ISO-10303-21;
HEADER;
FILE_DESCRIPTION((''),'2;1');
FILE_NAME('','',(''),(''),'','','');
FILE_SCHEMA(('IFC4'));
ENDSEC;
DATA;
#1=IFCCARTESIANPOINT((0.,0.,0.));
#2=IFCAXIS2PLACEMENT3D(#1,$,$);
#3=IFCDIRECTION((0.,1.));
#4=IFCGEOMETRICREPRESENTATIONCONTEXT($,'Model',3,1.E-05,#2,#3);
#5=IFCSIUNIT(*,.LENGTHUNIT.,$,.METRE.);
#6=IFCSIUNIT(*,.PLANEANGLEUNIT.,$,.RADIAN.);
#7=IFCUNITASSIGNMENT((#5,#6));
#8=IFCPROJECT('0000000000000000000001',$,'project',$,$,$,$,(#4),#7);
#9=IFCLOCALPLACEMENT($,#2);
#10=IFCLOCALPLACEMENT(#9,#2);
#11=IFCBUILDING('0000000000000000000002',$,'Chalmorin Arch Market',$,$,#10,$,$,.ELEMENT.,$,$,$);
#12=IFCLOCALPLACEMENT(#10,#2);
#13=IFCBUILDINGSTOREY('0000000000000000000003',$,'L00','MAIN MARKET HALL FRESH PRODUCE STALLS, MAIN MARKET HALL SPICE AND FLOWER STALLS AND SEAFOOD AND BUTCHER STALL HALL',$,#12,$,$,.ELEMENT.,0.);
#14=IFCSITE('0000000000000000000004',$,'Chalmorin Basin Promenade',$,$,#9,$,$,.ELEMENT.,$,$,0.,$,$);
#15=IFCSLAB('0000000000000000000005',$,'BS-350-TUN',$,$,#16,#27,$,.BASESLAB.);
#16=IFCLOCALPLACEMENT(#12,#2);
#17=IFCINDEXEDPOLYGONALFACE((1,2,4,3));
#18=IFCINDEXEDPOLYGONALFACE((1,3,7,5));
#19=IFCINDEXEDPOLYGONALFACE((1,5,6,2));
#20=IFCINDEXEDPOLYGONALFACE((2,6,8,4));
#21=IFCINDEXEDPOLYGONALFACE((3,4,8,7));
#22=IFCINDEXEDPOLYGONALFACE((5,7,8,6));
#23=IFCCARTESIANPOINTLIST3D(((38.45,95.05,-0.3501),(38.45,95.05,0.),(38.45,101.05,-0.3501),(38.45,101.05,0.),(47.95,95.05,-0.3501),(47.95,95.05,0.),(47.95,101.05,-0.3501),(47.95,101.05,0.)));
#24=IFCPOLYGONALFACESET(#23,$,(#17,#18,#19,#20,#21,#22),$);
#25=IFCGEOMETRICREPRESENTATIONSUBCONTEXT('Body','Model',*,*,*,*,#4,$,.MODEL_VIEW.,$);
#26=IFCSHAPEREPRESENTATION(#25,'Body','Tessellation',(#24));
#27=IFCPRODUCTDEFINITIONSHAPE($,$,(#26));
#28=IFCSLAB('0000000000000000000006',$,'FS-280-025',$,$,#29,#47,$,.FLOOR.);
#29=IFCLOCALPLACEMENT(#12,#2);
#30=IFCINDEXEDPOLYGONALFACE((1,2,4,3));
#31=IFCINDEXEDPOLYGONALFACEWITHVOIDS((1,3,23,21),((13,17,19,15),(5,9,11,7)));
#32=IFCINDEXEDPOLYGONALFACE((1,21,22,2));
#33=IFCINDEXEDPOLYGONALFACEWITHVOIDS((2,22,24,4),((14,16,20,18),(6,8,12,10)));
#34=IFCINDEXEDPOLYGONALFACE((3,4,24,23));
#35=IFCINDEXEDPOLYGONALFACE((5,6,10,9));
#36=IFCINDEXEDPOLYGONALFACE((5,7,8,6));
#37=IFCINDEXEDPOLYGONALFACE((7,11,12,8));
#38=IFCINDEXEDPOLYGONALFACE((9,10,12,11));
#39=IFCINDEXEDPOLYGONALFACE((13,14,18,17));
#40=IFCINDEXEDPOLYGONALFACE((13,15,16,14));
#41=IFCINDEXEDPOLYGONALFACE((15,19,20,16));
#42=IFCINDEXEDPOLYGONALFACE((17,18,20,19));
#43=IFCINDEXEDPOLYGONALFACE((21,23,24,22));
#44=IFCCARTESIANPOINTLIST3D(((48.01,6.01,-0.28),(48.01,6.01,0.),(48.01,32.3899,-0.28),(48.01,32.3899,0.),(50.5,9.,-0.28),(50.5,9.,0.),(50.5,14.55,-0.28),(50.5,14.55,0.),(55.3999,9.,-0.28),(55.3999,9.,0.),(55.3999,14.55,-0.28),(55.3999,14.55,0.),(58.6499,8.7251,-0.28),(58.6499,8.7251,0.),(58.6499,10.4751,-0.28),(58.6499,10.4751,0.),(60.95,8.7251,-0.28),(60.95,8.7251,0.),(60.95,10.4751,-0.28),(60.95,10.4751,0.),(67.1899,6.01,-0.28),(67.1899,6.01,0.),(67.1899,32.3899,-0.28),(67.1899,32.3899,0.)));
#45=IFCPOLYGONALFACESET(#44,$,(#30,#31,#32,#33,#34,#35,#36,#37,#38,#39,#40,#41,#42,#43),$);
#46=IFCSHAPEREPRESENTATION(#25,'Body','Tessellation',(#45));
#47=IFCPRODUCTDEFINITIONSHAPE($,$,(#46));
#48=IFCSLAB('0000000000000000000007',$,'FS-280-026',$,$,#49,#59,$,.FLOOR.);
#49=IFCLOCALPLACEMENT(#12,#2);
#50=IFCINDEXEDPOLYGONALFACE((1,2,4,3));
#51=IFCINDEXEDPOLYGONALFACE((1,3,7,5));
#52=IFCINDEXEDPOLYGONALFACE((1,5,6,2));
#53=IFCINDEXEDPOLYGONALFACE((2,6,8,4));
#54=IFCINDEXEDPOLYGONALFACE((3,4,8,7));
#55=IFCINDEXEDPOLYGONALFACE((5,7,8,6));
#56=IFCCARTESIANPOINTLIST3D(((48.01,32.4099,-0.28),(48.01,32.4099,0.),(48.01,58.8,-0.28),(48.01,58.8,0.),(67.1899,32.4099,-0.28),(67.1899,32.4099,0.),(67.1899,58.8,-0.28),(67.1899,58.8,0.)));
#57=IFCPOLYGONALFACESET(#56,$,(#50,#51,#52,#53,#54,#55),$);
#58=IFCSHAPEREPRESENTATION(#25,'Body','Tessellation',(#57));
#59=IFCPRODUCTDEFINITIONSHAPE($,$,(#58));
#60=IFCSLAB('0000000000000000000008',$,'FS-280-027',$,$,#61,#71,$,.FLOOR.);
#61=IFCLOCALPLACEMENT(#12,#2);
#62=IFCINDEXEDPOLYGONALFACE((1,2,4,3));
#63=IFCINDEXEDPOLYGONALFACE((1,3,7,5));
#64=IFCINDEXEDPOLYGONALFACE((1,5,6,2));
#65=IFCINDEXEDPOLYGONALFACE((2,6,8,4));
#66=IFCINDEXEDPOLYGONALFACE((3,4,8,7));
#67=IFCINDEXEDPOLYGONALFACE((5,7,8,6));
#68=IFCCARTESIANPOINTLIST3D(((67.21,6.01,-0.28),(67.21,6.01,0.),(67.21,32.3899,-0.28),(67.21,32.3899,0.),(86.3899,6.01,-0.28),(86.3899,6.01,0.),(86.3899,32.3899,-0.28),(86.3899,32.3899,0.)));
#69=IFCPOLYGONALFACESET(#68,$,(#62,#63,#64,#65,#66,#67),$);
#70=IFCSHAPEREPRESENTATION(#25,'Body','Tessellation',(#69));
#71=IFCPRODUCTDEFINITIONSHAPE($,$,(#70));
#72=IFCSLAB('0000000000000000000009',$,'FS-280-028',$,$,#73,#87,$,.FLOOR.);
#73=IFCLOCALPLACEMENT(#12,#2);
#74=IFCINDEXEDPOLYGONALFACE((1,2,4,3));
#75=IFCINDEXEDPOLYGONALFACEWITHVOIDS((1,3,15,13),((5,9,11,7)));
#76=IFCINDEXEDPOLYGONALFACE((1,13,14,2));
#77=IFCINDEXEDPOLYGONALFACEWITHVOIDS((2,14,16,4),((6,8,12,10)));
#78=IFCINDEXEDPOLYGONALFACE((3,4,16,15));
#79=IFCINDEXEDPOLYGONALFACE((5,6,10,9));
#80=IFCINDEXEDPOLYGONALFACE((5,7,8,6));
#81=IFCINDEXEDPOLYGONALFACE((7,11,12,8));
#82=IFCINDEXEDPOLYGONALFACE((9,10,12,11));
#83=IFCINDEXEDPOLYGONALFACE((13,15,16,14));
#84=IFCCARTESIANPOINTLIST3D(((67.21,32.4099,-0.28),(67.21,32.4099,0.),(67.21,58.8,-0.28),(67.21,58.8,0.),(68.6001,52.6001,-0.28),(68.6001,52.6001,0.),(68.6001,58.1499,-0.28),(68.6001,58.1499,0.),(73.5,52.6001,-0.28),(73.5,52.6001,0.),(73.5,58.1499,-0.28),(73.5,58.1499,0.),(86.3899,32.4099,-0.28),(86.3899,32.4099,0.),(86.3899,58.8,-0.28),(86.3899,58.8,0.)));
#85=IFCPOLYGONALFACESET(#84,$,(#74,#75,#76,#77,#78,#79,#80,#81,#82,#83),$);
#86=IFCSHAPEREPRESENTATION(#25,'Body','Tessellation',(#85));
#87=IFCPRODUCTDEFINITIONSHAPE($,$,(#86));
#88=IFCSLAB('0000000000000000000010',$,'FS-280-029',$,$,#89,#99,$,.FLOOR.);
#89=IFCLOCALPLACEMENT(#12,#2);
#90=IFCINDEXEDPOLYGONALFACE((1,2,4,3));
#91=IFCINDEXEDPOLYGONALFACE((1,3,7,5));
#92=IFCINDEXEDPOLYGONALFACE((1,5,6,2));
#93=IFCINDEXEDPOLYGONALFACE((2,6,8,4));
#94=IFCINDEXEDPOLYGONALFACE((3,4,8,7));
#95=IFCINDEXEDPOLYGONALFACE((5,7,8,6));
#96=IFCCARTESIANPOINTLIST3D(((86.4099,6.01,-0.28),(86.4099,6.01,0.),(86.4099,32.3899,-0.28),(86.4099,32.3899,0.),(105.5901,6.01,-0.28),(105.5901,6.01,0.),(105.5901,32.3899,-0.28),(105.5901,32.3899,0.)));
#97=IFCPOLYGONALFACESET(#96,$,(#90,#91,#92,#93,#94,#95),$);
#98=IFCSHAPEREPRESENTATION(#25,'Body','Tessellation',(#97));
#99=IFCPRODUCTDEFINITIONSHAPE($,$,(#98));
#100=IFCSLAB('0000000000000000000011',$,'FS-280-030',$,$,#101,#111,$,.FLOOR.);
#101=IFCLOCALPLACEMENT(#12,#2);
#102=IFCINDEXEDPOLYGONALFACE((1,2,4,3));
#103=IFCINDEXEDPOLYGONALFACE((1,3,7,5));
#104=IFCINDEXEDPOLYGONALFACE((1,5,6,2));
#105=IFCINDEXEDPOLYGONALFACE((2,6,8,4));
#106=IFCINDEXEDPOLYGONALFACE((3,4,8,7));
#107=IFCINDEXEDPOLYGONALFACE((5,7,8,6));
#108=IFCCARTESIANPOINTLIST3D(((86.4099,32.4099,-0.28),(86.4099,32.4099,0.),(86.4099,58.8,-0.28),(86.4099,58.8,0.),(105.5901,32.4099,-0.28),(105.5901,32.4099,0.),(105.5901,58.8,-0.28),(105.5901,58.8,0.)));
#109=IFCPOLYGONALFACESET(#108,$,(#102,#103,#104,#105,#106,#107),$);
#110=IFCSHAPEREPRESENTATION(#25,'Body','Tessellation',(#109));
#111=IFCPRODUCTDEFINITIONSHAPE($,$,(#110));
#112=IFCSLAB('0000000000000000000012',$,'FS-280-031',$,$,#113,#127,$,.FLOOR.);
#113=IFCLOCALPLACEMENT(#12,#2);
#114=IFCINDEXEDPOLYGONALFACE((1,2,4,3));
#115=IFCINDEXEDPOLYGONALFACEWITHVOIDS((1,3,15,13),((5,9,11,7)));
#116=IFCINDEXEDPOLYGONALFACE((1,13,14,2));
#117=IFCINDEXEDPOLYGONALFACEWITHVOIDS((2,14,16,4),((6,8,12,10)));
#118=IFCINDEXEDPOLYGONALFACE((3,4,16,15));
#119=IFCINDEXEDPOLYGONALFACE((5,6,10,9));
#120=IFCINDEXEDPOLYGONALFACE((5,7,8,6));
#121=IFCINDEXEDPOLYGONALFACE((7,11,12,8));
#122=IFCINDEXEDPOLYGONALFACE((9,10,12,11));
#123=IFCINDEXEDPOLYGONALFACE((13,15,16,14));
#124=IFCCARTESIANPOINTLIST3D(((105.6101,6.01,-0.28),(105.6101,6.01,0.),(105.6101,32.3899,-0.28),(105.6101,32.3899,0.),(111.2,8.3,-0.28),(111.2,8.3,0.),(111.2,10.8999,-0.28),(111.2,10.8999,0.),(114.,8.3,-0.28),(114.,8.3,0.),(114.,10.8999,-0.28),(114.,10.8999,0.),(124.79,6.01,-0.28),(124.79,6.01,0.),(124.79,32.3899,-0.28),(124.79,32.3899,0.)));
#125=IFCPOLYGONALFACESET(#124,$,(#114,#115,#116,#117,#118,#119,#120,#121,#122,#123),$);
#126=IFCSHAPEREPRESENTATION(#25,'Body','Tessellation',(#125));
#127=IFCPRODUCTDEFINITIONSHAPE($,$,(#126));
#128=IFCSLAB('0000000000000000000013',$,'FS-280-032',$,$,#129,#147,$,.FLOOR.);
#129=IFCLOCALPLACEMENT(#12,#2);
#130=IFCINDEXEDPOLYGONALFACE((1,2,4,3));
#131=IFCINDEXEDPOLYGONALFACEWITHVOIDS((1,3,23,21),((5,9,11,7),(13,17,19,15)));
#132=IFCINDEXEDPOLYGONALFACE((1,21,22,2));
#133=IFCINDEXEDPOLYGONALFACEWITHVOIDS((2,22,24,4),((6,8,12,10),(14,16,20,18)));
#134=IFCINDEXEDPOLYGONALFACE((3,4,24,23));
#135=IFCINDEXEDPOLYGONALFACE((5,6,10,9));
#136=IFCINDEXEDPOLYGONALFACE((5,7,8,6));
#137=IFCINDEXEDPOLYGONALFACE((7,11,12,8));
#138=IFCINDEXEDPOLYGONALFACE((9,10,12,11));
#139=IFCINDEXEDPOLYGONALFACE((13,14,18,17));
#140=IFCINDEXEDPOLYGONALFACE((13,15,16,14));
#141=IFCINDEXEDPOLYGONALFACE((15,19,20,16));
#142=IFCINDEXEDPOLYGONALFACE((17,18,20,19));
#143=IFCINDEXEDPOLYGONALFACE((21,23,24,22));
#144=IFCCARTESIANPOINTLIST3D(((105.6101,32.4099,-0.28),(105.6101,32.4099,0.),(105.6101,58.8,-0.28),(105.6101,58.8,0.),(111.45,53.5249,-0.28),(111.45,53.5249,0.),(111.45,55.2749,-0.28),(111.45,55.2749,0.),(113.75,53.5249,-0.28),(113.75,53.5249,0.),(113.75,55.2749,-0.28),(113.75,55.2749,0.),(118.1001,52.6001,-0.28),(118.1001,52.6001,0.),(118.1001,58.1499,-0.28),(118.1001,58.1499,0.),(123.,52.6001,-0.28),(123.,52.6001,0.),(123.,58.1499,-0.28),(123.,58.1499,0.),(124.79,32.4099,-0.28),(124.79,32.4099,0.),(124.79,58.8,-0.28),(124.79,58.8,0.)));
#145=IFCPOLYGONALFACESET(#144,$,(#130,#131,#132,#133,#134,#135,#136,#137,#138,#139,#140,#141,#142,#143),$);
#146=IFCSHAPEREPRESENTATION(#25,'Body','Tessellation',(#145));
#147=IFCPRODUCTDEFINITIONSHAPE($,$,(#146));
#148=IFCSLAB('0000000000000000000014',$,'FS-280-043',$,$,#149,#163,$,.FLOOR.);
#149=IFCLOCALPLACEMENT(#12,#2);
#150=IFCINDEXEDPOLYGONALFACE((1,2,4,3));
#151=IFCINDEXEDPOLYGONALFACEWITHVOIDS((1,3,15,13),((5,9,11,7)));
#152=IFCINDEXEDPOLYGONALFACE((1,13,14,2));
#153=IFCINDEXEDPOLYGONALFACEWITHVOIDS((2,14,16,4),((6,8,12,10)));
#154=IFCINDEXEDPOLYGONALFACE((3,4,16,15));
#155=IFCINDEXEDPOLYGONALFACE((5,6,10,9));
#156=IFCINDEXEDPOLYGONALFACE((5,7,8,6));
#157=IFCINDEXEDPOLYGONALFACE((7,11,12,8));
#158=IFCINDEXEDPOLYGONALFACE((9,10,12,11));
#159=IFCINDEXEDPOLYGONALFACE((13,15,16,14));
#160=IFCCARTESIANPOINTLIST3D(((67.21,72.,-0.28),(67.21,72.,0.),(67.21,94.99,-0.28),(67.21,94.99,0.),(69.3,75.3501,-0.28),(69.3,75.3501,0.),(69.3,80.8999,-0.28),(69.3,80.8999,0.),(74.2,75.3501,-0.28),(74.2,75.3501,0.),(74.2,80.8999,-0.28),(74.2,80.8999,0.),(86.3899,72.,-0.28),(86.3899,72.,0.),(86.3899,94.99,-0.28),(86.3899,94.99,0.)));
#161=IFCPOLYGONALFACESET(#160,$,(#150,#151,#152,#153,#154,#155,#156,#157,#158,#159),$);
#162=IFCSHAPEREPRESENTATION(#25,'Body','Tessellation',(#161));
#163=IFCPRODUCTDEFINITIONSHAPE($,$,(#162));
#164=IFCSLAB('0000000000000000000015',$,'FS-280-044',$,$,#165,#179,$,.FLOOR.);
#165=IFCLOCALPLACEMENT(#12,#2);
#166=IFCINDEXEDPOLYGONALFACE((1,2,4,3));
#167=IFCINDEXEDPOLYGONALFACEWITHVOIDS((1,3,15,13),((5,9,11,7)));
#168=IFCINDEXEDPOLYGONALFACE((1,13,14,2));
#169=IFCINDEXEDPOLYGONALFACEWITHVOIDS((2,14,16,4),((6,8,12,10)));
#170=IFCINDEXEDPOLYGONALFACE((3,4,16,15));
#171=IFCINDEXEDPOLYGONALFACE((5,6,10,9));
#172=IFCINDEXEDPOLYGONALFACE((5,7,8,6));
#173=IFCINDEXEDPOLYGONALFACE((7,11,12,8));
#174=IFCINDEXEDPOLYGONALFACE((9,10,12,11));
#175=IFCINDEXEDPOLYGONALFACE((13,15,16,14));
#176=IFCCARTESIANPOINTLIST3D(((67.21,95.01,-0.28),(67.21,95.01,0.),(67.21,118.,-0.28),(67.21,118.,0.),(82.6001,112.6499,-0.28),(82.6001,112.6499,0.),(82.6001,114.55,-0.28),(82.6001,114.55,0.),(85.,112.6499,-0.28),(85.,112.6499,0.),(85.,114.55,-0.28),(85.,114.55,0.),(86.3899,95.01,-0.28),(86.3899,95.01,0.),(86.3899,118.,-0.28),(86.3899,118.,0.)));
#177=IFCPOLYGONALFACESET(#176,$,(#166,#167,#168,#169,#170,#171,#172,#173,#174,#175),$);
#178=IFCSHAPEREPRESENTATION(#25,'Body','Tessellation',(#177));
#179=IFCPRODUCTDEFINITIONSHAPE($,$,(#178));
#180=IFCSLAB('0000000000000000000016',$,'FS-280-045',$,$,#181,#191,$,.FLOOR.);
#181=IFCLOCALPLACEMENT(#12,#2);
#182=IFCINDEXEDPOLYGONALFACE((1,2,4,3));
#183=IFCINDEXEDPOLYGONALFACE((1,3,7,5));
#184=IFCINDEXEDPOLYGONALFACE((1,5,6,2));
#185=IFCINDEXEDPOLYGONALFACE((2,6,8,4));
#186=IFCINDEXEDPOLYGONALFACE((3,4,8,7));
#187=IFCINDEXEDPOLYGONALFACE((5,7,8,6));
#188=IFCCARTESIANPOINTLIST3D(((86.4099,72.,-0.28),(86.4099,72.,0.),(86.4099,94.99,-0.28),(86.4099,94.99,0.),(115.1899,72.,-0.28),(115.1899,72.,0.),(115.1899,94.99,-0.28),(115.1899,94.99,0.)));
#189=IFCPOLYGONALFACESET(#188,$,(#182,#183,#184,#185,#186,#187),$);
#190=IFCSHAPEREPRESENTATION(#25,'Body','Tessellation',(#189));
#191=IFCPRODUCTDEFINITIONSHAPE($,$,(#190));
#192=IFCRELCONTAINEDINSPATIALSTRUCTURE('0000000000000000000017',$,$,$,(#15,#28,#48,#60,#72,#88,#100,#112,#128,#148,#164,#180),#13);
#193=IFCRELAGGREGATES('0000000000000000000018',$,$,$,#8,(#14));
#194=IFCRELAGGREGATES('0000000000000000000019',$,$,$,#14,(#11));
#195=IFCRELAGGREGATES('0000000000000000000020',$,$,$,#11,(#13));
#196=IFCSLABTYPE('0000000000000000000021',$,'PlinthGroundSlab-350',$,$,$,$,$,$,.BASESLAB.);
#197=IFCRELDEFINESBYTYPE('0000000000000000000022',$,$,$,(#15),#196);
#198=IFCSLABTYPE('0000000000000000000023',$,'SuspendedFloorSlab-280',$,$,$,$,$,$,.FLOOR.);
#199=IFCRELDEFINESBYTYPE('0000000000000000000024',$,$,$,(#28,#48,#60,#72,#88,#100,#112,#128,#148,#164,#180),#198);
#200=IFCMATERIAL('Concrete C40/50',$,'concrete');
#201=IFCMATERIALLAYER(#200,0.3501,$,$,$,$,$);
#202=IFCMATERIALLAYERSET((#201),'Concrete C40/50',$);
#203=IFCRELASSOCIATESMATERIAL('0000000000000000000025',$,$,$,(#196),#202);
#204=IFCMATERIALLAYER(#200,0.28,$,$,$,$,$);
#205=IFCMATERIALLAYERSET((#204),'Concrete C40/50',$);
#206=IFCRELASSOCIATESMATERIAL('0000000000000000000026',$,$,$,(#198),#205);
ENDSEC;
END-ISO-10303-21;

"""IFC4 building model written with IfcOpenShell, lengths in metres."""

from ifc_helpers import new_model, si_unit, direction, frame, origin, place, context, subcontext, project, spatial, polyline, outline, extrude, material, layer, layer_set, type_object, element, save


model = new_model("IFC4")

# Units and contexts
model_context = context("Model", 3, precision=1e-05, world=origin(), true_north=direction((0.0, 1.0)))
body_context = subcontext(model_context, "Body", "Model", "MODEL_VIEW")
ifc_project = project(units=[si_unit("LENGTHUNIT", "METRE"), si_unit("PLANEANGLEUNIT", "RADIAN")], contexts=[model_context])

# Site, building, storey
site_placement = place(None, origin())
site = spatial("IfcSite", under=ifc_project, at=site_placement, Name="Chalmorin Basin Promenade", CompositionType="ELEMENT", RefElevation=0.0)
building_placement = place(site_placement, origin())
building = spatial("IfcBuilding", under=site, at=building_placement, Name="Chalmorin Arch Market", CompositionType="ELEMENT")
storey_placement = place(building_placement, origin())
storey = spatial("IfcBuildingStorey", under=building, at=storey_placement, Name="L00", Description="MAIN MARKET HALL FRESH PRODUCE STALLS, MAIN MARKET HALL SPICE AND FLOWER STALLS AND SEAFOOD AND BUTCHER STALL HALL", CompositionType="ELEMENT", Elevation=0.0)

# Shared definitions
ifc_material = material(Name="Concrete C40/50", Category="concrete")

# Slabs
ifc_layer_1 = layer(ifc_material, 0.3501)
ifc_layer_set_1 = layer_set([ifc_layer_1], Name="Concrete C40/50")
slab_type_1 = type_object("IfcSlabType", Name="PlinthGroundSlab-350", PredefinedType="BASESLAB", material=ifc_layer_set_1)
slab_1_placement = place(storey_placement, frame((0.0, 0.0, -0.3501)))
element("IfcSlab", 1, at=slab_1_placement, inside=storey, type_object=slab_type_1, Name="BS-350-TUN", PredefinedType="BASESLAB", context=body_context, shape_type="SweptSolid", body=[
    extrude(outline(polyline([(38.45, 95.05), (47.95, 95.05), (47.95, 101.05), (38.45, 101.05), (38.45, 95.05)])), origin(), (0.0, 0.0, 1.0), 0.3501),
])
ifc_layer_2 = layer(ifc_material, 0.28)
ifc_layer_set_2 = layer_set([ifc_layer_2], Name="Concrete C40/50")
slab_type_2 = type_object("IfcSlabType", Name="SuspendedFloorSlab-280", PredefinedType="FLOOR", material=ifc_layer_set_2)
slab_2_placement = place(storey_placement, frame((0.0, 0.0, -0.28)))
element("IfcSlab", 2, at=slab_2_placement, inside=storey, type_object=slab_type_2, Name="FS-280-025", PredefinedType="FLOOR", context=body_context, shape_type="SweptSolid", body=[
    extrude(outline(polyline([(48.01, 6.01), (67.1899, 6.01), (67.1899, 32.3899), (48.01, 32.3899), (48.01, 6.01)]), holes=[polyline([(50.5, 9.0), (55.3999, 9.0), (55.3999, 14.55), (50.5, 14.55), (50.5, 9.0)]), polyline([(58.6499, 8.7251), (60.95, 8.7251), (60.95, 10.4751), (58.6499, 10.4751), (58.6499, 8.7251)])]), origin(), (0.0, 0.0, 1.0), 0.28),
])
slab_3_placement = place(storey_placement, frame((0.0, 0.0, -0.28)))
element("IfcSlab", 3, at=slab_3_placement, inside=storey, type_object=slab_type_2, Name="FS-280-026", PredefinedType="FLOOR", context=body_context, shape_type="SweptSolid", body=[
    extrude(outline(polyline([(48.01, 32.4099), (67.1899, 32.4099), (67.1899, 58.8), (48.01, 58.8), (48.01, 32.4099)])), origin(), (0.0, 0.0, 1.0), 0.28),
])
slab_4_placement = place(storey_placement, frame((0.0, 0.0, -0.28)))
element("IfcSlab", 4, at=slab_4_placement, inside=storey, type_object=slab_type_2, Name="FS-280-027", PredefinedType="FLOOR", context=body_context, shape_type="SweptSolid", body=[
    extrude(outline(polyline([(67.21, 6.01), (86.3899, 6.01), (86.3899, 32.3899), (67.21, 32.3899), (67.21, 6.01)])), origin(), (0.0, 0.0, 1.0), 0.28),
])
slab_5_placement = place(storey_placement, frame((0.0, 0.0, -0.28)))
element("IfcSlab", 5, at=slab_5_placement, inside=storey, type_object=slab_type_2, Name="FS-280-028", PredefinedType="FLOOR", context=body_context, shape_type="SweptSolid", body=[
    extrude(outline(polyline([(67.21, 32.4099), (86.3899, 32.4099), (86.3899, 58.8), (67.21, 58.8), (67.21, 32.4099)]), holes=[polyline([(68.6001, 52.6001), (73.5, 52.6001), (73.5, 58.1499), (68.6001, 58.1499), (68.6001, 52.6001)])]), origin(), (0.0, 0.0, 1.0), 0.28),
])
slab_6_placement = place(storey_placement, frame((0.0, 0.0, -0.28)))
element("IfcSlab", 6, at=slab_6_placement, inside=storey, type_object=slab_type_2, Name="FS-280-029", PredefinedType="FLOOR", context=body_context, shape_type="SweptSolid", body=[
    extrude(outline(polyline([(86.4099, 6.01), (105.5901, 6.01), (105.5901, 32.3899), (86.4099, 32.3899), (86.4099, 6.01)])), origin(), (0.0, 0.0, 1.0), 0.28),
])
slab_7_placement = place(storey_placement, frame((0.0, 0.0, -0.28)))
element("IfcSlab", 7, at=slab_7_placement, inside=storey, type_object=slab_type_2, Name="FS-280-030", PredefinedType="FLOOR", context=body_context, shape_type="SweptSolid", body=[
    extrude(outline(polyline([(86.4099, 32.4099), (105.5901, 32.4099), (105.5901, 58.8), (86.4099, 58.8), (86.4099, 32.4099)])), origin(), (0.0, 0.0, 1.0), 0.28),
])
slab_8_placement = place(storey_placement, frame((0.0, 0.0, -0.28)))
element("IfcSlab", 8, at=slab_8_placement, inside=storey, type_object=slab_type_2, Name="FS-280-031", PredefinedType="FLOOR", context=body_context, shape_type="SweptSolid", body=[
    extrude(outline(polyline([(105.6101, 6.01), (124.79, 6.01), (124.79, 32.3899), (105.6101, 32.3899), (105.6101, 6.01)]), holes=[polyline([(111.2, 8.3), (114.0, 8.3), (114.0, 10.8999), (111.2, 10.8999), (111.2, 8.3)])]), origin(), (0.0, 0.0, 1.0), 0.28),
])
slab_9_placement = place(storey_placement, frame((0.0, 0.0, -0.28)))
element("IfcSlab", 9, at=slab_9_placement, inside=storey, type_object=slab_type_2, Name="FS-280-032", PredefinedType="FLOOR", context=body_context, shape_type="SweptSolid", body=[
    extrude(outline(polyline([(105.6101, 32.4099), (124.79, 32.4099), (124.79, 58.8), (105.6101, 58.8), (105.6101, 32.4099)]), holes=[polyline([(118.1001, 52.6001), (123.0, 52.6001), (123.0, 58.1499), (118.1001, 58.1499), (118.1001, 52.6001)]), polyline([(111.45, 53.5249), (113.75, 53.5249), (113.75, 55.2749), (111.45, 55.2749), (111.45, 53.5249)])]), origin(), (0.0, 0.0, 1.0), 0.28),
])
slab_10_placement = place(storey_placement, frame((0.0, 0.0, -0.28)))
element("IfcSlab", 10, at=slab_10_placement, inside=storey, type_object=slab_type_2, Name="FS-280-043", PredefinedType="FLOOR", context=body_context, shape_type="SweptSolid", body=[
    extrude(outline(polyline([(67.21, 72.0), (86.3899, 72.0), (86.3899, 94.99), (67.21, 94.99), (67.21, 72.0)]), holes=[polyline([(69.3, 75.3501), (74.2, 75.3501), (74.2, 80.8999), (69.3, 80.8999), (69.3, 75.3501)])]), origin(), (0.0, 0.0, 1.0), 0.28),
])
slab_11_placement = place(storey_placement, frame((0.0, 0.0, -0.28)))
element("IfcSlab", 11, at=slab_11_placement, inside=storey, type_object=slab_type_2, Name="FS-280-044", PredefinedType="FLOOR", context=body_context, shape_type="SweptSolid", body=[
    extrude(outline(polyline([(67.21, 95.01), (86.3899, 95.01), (86.3899, 118.0), (67.21, 118.0), (67.21, 95.01)]), holes=[polyline([(82.6001, 112.6499), (85.0, 112.6499), (85.0, 114.55), (82.6001, 114.55), (82.6001, 112.6499)])]), origin(), (0.0, 0.0, 1.0), 0.28),
])
slab_12_placement = place(storey_placement, frame((0.0, 0.0, -0.28)))
element("IfcSlab", 12, at=slab_12_placement, inside=storey, type_object=slab_type_2, Name="FS-280-045", PredefinedType="FLOOR", context=body_context, shape_type="SweptSolid", body=[
    extrude(outline(polyline([(86.4099, 72.0), (115.1899, 72.0), (115.1899, 94.99), (86.4099, 94.99), (86.4099, 72.0)])), origin(), (0.0, 0.0, 1.0), 0.28),
])

save(model, "model.ifc")
